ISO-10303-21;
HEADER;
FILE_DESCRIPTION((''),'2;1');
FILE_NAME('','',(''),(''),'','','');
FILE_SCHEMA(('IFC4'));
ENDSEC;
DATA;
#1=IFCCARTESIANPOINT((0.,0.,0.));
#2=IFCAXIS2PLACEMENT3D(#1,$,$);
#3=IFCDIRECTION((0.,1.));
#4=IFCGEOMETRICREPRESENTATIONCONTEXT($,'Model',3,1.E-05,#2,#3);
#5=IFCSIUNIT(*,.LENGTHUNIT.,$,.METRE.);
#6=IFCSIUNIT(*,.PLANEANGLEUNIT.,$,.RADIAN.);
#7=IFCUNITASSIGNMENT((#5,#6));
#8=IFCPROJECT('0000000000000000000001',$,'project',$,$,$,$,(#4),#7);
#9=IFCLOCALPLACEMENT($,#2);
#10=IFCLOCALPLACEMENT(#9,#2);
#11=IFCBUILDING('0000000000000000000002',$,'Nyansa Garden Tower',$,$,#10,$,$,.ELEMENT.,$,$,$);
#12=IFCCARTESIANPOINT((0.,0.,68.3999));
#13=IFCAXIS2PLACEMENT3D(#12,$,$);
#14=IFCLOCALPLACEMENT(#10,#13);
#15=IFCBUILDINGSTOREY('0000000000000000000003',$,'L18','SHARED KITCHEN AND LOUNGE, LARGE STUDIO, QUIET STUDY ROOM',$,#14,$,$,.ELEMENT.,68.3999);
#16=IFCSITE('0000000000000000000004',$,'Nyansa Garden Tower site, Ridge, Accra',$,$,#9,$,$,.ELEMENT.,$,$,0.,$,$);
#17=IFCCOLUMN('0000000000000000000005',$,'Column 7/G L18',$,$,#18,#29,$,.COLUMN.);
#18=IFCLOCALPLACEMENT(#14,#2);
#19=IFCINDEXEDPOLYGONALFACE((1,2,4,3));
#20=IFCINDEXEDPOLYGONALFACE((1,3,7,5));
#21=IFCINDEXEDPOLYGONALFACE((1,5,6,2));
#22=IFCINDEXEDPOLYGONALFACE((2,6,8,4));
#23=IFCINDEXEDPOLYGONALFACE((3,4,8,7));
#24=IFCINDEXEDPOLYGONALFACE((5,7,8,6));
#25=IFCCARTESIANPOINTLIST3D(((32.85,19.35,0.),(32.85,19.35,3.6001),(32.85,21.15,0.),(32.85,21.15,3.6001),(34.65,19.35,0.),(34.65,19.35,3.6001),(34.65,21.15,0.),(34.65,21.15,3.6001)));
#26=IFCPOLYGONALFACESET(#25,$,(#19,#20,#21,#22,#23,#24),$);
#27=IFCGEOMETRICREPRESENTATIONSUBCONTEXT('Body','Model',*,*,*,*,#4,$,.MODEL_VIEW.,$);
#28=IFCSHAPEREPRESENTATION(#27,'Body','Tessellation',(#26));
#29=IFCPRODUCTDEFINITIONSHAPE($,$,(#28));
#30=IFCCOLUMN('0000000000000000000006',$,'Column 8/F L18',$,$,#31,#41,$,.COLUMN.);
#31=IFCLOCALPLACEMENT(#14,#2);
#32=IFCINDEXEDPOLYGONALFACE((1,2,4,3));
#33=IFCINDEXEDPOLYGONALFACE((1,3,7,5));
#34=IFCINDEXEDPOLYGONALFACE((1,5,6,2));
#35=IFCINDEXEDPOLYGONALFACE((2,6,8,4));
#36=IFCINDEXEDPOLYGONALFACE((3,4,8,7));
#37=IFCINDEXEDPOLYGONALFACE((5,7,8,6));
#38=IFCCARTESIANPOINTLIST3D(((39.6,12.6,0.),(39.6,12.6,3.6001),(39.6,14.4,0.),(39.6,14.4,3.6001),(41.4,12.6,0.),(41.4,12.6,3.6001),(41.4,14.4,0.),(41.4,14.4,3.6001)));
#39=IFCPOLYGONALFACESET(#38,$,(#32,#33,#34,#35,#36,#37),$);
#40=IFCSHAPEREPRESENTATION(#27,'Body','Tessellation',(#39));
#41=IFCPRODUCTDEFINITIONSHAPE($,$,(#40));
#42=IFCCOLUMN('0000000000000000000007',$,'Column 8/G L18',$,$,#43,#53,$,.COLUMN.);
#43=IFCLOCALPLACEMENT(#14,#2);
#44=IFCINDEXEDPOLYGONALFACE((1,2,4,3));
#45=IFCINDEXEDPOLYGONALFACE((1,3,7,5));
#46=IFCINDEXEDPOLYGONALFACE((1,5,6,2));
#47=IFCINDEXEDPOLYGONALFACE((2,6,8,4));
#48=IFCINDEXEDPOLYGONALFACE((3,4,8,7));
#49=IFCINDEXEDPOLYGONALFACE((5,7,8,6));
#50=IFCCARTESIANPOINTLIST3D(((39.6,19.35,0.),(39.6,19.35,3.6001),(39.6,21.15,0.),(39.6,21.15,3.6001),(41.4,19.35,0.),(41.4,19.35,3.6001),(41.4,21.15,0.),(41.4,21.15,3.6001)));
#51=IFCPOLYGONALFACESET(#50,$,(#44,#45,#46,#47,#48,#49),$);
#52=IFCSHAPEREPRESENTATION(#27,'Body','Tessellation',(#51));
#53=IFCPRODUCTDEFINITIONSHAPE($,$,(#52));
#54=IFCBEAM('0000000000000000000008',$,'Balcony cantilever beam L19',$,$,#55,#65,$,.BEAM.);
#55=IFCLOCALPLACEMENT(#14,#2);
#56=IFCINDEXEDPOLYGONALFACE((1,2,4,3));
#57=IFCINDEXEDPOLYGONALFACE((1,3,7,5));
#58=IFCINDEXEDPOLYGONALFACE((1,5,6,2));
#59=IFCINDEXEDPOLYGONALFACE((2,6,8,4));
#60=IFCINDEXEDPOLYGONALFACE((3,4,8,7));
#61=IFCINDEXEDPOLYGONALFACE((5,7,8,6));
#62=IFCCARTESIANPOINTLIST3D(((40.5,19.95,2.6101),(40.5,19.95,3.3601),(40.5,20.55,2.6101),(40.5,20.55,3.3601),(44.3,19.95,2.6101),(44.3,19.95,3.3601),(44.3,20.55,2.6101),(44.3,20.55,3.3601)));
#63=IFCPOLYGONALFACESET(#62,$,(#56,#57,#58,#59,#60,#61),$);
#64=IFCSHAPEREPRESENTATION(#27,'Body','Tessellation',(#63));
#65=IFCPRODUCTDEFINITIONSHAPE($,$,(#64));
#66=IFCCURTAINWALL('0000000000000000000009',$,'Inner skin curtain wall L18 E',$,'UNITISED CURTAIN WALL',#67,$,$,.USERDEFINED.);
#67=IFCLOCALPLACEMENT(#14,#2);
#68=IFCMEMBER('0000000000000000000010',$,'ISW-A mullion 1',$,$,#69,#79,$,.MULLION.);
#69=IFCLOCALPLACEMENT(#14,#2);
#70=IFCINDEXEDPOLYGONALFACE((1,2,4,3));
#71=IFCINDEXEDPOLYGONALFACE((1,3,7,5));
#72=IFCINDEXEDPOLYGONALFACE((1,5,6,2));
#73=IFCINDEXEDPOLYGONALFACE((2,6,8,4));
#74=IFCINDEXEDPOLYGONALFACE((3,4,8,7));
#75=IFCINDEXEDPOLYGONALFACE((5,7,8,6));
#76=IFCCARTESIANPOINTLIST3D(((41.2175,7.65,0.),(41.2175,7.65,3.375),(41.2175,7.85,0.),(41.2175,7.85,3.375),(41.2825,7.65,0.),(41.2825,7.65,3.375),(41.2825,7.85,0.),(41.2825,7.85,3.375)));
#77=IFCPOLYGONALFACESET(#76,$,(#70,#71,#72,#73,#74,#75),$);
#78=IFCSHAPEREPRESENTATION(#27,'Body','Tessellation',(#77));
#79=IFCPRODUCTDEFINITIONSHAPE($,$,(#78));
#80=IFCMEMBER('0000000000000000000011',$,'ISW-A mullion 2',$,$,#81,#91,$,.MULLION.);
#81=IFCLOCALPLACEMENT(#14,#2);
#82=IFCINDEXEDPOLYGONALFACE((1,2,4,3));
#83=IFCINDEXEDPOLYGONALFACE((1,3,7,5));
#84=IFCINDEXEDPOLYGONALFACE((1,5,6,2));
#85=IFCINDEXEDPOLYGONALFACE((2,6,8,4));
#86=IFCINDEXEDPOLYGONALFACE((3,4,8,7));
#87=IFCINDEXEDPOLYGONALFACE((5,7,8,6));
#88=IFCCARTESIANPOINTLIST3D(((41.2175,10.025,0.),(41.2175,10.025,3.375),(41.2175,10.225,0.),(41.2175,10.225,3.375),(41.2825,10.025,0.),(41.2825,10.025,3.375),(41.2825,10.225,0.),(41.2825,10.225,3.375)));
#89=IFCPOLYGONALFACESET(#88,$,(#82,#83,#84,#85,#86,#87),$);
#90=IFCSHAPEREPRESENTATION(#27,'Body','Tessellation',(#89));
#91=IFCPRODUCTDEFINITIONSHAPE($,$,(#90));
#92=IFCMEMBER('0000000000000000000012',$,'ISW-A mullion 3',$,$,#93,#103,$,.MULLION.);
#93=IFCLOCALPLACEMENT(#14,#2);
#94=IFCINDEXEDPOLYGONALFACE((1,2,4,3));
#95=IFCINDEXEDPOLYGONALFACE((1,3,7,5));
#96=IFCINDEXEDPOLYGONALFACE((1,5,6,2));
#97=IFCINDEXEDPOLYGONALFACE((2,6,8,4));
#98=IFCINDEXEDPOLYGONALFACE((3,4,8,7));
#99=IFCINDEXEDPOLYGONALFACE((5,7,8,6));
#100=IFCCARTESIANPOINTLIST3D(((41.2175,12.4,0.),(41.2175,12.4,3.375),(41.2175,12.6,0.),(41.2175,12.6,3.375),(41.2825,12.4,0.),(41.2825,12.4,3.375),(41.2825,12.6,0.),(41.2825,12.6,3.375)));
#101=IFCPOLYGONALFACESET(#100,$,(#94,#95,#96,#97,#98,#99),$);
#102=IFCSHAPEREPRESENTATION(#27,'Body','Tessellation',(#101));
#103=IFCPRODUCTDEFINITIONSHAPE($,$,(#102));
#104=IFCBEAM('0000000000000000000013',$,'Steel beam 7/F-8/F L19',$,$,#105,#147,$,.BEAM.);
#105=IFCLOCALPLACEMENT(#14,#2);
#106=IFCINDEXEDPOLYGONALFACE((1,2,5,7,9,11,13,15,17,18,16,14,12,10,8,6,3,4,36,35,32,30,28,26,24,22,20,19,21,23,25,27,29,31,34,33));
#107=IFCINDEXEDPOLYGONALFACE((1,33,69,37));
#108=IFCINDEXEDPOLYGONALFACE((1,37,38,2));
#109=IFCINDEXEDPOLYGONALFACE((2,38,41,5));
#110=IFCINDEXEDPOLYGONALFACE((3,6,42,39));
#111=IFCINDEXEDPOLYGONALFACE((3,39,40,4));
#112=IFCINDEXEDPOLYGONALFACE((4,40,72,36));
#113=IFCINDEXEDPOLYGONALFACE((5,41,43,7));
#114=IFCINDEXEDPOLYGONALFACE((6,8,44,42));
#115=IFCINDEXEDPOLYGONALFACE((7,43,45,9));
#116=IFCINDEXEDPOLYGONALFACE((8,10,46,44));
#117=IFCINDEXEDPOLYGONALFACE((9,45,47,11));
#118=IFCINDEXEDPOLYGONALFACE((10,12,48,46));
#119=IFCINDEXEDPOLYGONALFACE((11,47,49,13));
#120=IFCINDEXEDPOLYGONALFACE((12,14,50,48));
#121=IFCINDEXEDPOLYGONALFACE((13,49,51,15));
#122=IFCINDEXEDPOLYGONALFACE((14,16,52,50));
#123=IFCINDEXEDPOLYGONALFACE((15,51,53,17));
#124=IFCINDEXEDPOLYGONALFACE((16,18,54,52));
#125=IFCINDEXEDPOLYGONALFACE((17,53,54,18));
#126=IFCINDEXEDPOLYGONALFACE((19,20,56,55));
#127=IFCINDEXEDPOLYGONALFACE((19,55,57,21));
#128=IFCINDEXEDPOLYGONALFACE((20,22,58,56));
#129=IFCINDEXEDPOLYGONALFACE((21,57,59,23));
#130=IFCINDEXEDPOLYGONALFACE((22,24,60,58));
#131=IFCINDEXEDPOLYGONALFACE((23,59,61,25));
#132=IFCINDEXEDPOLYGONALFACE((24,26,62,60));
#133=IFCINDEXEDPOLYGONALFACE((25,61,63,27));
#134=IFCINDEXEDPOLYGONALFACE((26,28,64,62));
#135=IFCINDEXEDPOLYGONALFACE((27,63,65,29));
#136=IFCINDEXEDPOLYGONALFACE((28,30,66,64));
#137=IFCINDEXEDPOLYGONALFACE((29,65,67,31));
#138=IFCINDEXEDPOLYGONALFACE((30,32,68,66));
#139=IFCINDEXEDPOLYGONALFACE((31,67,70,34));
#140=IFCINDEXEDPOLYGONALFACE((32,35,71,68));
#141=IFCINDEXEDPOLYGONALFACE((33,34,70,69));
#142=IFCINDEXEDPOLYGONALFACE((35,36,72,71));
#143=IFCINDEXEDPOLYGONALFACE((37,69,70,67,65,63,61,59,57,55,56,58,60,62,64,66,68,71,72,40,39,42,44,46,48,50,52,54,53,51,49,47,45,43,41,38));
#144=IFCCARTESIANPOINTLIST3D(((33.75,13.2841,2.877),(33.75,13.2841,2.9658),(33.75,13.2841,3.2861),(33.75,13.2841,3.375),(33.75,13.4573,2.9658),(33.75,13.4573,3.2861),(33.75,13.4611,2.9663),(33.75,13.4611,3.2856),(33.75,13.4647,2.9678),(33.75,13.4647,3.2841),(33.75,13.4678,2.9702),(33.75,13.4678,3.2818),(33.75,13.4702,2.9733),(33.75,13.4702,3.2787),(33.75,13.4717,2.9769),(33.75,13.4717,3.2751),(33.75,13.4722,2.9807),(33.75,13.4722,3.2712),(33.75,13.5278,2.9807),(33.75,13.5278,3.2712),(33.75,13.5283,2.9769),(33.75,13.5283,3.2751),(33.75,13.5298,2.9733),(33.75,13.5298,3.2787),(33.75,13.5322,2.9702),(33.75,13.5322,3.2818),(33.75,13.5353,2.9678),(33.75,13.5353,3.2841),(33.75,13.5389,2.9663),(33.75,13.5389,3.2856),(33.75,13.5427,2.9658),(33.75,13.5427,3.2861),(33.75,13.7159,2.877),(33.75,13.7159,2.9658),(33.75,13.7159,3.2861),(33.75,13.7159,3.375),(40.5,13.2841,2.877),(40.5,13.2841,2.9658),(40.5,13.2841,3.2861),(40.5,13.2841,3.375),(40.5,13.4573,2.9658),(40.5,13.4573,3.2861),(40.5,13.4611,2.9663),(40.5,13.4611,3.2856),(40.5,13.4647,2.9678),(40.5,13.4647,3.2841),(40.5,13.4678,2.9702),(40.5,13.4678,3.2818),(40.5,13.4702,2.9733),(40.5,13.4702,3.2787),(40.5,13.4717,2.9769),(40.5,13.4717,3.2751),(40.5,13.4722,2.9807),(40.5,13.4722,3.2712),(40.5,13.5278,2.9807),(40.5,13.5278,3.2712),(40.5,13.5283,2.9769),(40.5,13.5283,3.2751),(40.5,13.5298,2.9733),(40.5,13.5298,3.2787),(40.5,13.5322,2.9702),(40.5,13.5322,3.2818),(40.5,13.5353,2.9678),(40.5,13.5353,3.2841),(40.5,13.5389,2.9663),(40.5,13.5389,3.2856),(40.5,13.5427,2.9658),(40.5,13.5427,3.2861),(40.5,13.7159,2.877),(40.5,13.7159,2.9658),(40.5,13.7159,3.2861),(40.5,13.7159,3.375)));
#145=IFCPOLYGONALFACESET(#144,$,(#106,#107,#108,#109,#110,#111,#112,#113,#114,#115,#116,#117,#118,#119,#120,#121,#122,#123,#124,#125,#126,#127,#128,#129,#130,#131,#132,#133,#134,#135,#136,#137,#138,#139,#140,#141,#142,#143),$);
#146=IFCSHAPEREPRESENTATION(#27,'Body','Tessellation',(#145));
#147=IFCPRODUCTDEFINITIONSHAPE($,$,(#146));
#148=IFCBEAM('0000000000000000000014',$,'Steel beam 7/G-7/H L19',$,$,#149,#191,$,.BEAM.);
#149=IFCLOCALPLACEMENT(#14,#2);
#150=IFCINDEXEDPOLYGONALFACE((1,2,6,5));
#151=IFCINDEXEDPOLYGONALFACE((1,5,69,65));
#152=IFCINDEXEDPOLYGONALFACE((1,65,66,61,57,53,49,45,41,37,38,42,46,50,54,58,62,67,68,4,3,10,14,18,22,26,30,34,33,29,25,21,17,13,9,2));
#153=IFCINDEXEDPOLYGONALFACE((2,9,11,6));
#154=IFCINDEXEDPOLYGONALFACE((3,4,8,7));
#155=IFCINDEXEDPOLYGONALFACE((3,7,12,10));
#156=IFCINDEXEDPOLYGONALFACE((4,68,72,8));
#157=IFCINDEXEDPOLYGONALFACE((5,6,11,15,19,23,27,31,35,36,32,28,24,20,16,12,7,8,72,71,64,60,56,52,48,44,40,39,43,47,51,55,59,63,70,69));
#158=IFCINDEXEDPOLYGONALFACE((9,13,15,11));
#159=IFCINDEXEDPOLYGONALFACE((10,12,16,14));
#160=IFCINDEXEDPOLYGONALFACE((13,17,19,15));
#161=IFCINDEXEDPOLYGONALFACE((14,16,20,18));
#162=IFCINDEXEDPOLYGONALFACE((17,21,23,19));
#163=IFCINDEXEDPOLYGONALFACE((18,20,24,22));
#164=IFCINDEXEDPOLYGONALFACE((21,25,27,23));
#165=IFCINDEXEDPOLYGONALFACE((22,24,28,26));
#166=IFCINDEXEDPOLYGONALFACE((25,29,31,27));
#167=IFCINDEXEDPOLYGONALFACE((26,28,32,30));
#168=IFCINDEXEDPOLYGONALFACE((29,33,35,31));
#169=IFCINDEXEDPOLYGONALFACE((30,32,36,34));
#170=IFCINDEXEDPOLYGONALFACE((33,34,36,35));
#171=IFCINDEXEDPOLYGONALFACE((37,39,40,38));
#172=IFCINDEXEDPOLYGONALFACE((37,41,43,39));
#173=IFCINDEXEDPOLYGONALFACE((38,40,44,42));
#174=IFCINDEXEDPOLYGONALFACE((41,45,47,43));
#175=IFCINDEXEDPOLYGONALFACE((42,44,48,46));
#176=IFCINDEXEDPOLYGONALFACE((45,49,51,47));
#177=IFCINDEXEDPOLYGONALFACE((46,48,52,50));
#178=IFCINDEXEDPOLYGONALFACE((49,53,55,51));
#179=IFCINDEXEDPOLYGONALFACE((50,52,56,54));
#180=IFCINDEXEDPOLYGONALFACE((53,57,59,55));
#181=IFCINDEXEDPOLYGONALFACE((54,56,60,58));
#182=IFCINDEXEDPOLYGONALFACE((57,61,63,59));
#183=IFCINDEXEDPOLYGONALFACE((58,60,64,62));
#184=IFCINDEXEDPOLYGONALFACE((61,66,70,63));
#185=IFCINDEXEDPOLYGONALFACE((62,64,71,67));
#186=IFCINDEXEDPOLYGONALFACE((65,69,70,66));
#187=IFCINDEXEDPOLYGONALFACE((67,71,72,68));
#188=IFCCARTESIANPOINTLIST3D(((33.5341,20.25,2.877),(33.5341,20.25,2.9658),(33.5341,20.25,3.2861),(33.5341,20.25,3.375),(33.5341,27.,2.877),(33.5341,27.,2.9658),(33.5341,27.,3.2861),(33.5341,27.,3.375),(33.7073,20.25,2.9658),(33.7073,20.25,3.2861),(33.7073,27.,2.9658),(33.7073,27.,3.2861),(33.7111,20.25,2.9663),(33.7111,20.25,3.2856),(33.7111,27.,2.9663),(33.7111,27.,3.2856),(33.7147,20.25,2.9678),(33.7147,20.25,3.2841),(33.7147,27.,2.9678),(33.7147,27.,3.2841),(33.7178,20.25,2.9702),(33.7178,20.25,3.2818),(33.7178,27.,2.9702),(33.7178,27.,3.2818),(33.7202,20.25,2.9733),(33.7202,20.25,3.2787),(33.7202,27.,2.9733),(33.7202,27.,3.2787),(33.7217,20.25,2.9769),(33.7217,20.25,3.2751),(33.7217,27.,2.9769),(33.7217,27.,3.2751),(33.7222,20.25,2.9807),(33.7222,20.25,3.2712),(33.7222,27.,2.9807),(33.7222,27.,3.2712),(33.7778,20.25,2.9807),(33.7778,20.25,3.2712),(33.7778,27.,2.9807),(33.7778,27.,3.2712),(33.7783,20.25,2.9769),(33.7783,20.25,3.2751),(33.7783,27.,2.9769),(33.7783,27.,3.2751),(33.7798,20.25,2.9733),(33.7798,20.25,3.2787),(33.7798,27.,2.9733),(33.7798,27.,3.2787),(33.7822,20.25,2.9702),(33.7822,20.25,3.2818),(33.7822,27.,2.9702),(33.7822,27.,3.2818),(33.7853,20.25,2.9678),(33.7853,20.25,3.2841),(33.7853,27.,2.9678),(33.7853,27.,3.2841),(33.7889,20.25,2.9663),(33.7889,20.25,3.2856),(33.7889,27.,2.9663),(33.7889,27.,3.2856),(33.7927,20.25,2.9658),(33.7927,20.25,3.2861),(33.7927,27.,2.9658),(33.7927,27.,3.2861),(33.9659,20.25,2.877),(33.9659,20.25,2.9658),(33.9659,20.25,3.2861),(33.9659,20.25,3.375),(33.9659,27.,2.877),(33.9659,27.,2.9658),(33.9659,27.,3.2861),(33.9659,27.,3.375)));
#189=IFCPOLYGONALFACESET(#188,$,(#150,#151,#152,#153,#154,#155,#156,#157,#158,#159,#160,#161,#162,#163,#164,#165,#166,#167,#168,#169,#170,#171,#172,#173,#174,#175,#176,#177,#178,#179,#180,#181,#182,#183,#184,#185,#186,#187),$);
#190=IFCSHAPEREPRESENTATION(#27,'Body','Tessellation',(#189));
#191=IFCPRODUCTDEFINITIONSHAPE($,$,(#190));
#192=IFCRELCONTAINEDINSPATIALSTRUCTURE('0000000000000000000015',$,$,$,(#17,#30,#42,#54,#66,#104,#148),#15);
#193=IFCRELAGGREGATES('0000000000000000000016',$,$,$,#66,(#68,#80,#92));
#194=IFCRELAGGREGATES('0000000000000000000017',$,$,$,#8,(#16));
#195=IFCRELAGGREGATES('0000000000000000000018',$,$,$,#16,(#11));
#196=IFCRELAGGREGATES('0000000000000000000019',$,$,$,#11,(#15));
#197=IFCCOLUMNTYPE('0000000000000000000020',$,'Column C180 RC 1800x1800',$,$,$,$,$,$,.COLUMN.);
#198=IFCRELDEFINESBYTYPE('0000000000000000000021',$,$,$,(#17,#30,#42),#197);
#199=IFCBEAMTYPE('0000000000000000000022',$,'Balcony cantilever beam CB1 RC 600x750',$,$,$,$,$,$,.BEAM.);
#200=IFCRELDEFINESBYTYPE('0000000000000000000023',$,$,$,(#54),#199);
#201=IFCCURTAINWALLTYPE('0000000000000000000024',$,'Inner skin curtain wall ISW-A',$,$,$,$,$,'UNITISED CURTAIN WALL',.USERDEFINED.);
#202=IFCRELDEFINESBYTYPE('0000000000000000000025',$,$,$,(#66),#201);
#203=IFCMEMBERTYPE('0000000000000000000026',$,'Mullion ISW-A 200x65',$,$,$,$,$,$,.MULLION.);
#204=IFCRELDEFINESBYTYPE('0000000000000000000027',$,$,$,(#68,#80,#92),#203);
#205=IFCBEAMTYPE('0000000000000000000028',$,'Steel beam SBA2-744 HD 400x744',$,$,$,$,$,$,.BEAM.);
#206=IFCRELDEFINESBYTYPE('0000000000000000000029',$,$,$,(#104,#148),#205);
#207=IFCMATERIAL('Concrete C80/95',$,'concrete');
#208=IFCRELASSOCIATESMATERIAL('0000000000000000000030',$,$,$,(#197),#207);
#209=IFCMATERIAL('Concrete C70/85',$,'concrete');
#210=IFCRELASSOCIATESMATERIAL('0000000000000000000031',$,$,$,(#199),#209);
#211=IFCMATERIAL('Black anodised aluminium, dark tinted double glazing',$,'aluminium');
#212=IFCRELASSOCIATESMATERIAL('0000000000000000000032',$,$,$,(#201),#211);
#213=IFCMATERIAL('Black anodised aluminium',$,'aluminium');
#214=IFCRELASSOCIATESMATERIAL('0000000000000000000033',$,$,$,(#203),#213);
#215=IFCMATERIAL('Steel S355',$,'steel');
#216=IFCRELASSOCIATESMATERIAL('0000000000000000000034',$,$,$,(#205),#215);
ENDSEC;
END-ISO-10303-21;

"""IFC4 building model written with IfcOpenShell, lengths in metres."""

from ifc_helpers import new_model, si_unit, direction, frame, origin, origin_2d, place, context, subcontext, project, spatial, rectangle, i_section, extrude, material, material_profile, profile_set, type_object, element, aggregate, save


model = new_model("IFC4")

# Units and contexts
model_context = context("Model", 3, precision=1e-05, world=origin(), true_north=direction((0.0, 1.0)))
body_context = subcontext(model_context, "Body", "Model", "MODEL_VIEW")
ifc_project = project(units=[si_unit("LENGTHUNIT", "METRE"), si_unit("PLANEANGLEUNIT", "RADIAN")], contexts=[model_context])

# Site, building, storey
site_placement = place(None, origin())
site = spatial("IfcSite", under=ifc_project, at=site_placement, Name="Nyansa Garden Tower site, Ridge, Accra", CompositionType="ELEMENT", RefElevation=0.0)
building_placement = place(site_placement, origin())
building = spatial("IfcBuilding", under=site, at=building_placement, Name="Nyansa Garden Tower", CompositionType="ELEMENT")
storey_placement = place(building_placement, frame((0.0, 0.0, 68.3999)))
storey = spatial("IfcBuildingStorey", under=building, at=storey_placement, Name="L18", Description="SHARED KITCHEN AND LOUNGE, LARGE STUDIO, QUIET STUDY ROOM", CompositionType="ELEMENT", Elevation=68.3999)

# Columns
ifc_material_1 = material(Name="Concrete C80/95", Category="concrete")
ifc_material_profile_1 = material_profile(ifc_material_1, rectangle(XDim=1.8, YDim=1.8, at=origin_2d()), Name="RC 1800x1800")
ifc_profile_set_1 = profile_set([ifc_material_profile_1], Name="Concrete C80/95")
column_type = type_object("IfcColumnType", Name="Column C180 RC 1800x1800", PredefinedType="COLUMN", material=ifc_profile_set_1)
for number, where, z_axis, x_axis, name in (
    (1, (33.75, 20.25, 0.0), (0.0, 0.0, 1.0), (1.0, 0.0, 0.0), "Column 7/G L18"),
    (2, (40.5, 13.5, 0.0), (0.0, 0.0, 1.0), (1.0, 0.0, 0.0), "Column 8/F L18"),
    (3, (40.5, 20.25, 0.0), (0.0, 0.0, 1.0), (1.0, 0.0, 0.0), "Column 8/G L18"),
):
    element("IfcColumn", number, at=place(storey_placement, frame(where, z_axis=z_axis, x_axis=x_axis)), inside=storey, type_object=column_type, Name=name, PredefinedType="COLUMN", context=body_context, shape_type="SweptSolid", body=[
        extrude(rectangle(XDim=1.8, YDim=1.8, at=origin_2d()), origin(), (0.0, 0.0, 1.0), 3.6001),
    ])

# Beam
ifc_material_2 = material(Name="Concrete C70/85", Category="concrete")
ifc_material_profile_2 = material_profile(ifc_material_2, rectangle(XDim=0.6001, YDim=0.75, at=origin_2d()), Name="RC 600x750")
ifc_profile_set_2 = profile_set([ifc_material_profile_2], Name="Concrete C70/85")
beam_type_1 = type_object("IfcBeamType", Name="Balcony cantilever beam CB1 RC 600x750", PredefinedType="BEAM", material=ifc_profile_set_2)
beam_placement = place(storey_placement, frame((40.5, 20.25, 2.9851), z_axis=(1.0, 0.0, 0.0), x_axis=(0.0, 1.0, 0.0)))
element("IfcBeam", 4, at=beam_placement, inside=storey, type_object=beam_type_1, Name="Balcony cantilever beam L19", PredefinedType="BEAM", context=body_context, shape_type="SweptSolid", body=[
    extrude(rectangle(XDim=0.6001, YDim=0.75, at=origin_2d()), origin(), (0.0, 0.0, 1.0), 3.8),
])

# Curtain wall, members
ifc_material_3 = material(Name="Black anodised aluminium, dark tinted double glazing", Category="aluminium")
curtain_wall_type = type_object("IfcCurtainWallType", Name="Inner skin curtain wall ISW-A", ElementType="UNITISED CURTAIN WALL", PredefinedType="USERDEFINED", material=ifc_material_3)
curtain_wall_placement = place(storey_placement, origin())
curtain_wall = element("IfcCurtainWall", 5, at=curtain_wall_placement, inside=storey, type_object=curtain_wall_type, Name="Inner skin curtain wall L18 E", ObjectType="UNITISED CURTAIN WALL", PredefinedType="USERDEFINED")
ifc_material_4 = material(Name="Black anodised aluminium", Category="aluminium")
ifc_material_profile_3 = material_profile(ifc_material_4, rectangle(XDim=0.0649, YDim=0.2, at=origin_2d()), Name="Mullion 200x65")
ifc_profile_set_3 = profile_set([ifc_material_profile_3], Name="Black anodised aluminium")
member_type_1 = type_object("IfcMemberType", Name="Mullion ISW-A 200x65", PredefinedType="MULLION", material=ifc_profile_set_3)
member_1_placement = place(storey_placement, frame((41.25, 7.75, 0.0), z_axis=(0.0, 0.0, 1.0), x_axis=(-1.0, 0.0, 0.0)))
member_1 = element("IfcMember", 6, at=member_1_placement, type_object=member_type_1, Name="ISW-A mullion 1", PredefinedType="MULLION", context=body_context, shape_type="SweptSolid", body=[
    extrude(rectangle(XDim=0.0649, YDim=0.2, at=origin_2d()), origin(), (0.0, 0.0, 1.0), 3.375),
])
member_2_placement = place(storey_placement, frame((41.25, 10.125, 0.0), z_axis=(0.0, 0.0, 1.0), x_axis=(-1.0, 0.0, 0.0)))
member_2 = element("IfcMember", 7, at=member_2_placement, type_object=member_type_1, Name="ISW-A mullion 2", PredefinedType="MULLION", context=body_context, shape_type="SweptSolid", body=[
    extrude(rectangle(XDim=0.0649, YDim=0.2, at=origin_2d()), origin(), (0.0, 0.0, 1.0), 3.375),
])
member_3_placement = place(storey_placement, frame((41.25, 12.5, 0.0), z_axis=(0.0, 0.0, 1.0), x_axis=(-1.0, 0.0, 0.0)))
member_3 = element("IfcMember", 8, at=member_3_placement, type_object=member_type_1, Name="ISW-A mullion 3", PredefinedType="MULLION", context=body_context, shape_type="SweptSolid", body=[
    extrude(rectangle(XDim=0.0649, YDim=0.2, at=origin_2d()), origin(), (0.0, 0.0, 1.0), 3.375),
])

# Beams
ifc_material_5 = material(Name="Steel S355", Category="steel")
ifc_material_profile_4 = material_profile(ifc_material_5, i_section(OverallWidth=0.4319, OverallDepth=0.498, WebThickness=0.0557, FlangeThickness=0.0889, FilletRadius=0.0149, at=origin_2d()), Name="HD 400x744")
ifc_profile_set_4 = profile_set([ifc_material_profile_4], Name="Steel S355")
beam_type_2 = type_object("IfcBeamType", Name="Steel beam SBA2-744 HD 400x744", PredefinedType="BEAM", material=ifc_profile_set_4)
for number, where, z_axis, x_axis, name in (
    (9, (33.75, 13.5, 3.126), (1.0, 0.0, 0.0), (0.0, 1.0, 0.0), "Steel beam 7/F-8/F L19"),
    (10, (33.75, 20.25, 3.126), (0.0, 1.0, 0.0), (-1.0, 0.0, 0.0), "Steel beam 7/G-7/H L19"),
):
    element("IfcBeam", number, at=place(storey_placement, frame(where, z_axis=z_axis, x_axis=x_axis)), inside=storey, type_object=beam_type_2, Name=name, PredefinedType="BEAM", context=body_context, shape_type="SweptSolid", body=[
        extrude(i_section(OverallWidth=0.4319, OverallDepth=0.498, WebThickness=0.0557, FlangeThickness=0.0889, FilletRadius=0.0149, at=origin_2d()), origin(), (0.0, 0.0, 1.0), 6.75),
    ])

aggregate(curtain_wall, [member_1, member_2, member_3])

save(model, "model.ifc")
